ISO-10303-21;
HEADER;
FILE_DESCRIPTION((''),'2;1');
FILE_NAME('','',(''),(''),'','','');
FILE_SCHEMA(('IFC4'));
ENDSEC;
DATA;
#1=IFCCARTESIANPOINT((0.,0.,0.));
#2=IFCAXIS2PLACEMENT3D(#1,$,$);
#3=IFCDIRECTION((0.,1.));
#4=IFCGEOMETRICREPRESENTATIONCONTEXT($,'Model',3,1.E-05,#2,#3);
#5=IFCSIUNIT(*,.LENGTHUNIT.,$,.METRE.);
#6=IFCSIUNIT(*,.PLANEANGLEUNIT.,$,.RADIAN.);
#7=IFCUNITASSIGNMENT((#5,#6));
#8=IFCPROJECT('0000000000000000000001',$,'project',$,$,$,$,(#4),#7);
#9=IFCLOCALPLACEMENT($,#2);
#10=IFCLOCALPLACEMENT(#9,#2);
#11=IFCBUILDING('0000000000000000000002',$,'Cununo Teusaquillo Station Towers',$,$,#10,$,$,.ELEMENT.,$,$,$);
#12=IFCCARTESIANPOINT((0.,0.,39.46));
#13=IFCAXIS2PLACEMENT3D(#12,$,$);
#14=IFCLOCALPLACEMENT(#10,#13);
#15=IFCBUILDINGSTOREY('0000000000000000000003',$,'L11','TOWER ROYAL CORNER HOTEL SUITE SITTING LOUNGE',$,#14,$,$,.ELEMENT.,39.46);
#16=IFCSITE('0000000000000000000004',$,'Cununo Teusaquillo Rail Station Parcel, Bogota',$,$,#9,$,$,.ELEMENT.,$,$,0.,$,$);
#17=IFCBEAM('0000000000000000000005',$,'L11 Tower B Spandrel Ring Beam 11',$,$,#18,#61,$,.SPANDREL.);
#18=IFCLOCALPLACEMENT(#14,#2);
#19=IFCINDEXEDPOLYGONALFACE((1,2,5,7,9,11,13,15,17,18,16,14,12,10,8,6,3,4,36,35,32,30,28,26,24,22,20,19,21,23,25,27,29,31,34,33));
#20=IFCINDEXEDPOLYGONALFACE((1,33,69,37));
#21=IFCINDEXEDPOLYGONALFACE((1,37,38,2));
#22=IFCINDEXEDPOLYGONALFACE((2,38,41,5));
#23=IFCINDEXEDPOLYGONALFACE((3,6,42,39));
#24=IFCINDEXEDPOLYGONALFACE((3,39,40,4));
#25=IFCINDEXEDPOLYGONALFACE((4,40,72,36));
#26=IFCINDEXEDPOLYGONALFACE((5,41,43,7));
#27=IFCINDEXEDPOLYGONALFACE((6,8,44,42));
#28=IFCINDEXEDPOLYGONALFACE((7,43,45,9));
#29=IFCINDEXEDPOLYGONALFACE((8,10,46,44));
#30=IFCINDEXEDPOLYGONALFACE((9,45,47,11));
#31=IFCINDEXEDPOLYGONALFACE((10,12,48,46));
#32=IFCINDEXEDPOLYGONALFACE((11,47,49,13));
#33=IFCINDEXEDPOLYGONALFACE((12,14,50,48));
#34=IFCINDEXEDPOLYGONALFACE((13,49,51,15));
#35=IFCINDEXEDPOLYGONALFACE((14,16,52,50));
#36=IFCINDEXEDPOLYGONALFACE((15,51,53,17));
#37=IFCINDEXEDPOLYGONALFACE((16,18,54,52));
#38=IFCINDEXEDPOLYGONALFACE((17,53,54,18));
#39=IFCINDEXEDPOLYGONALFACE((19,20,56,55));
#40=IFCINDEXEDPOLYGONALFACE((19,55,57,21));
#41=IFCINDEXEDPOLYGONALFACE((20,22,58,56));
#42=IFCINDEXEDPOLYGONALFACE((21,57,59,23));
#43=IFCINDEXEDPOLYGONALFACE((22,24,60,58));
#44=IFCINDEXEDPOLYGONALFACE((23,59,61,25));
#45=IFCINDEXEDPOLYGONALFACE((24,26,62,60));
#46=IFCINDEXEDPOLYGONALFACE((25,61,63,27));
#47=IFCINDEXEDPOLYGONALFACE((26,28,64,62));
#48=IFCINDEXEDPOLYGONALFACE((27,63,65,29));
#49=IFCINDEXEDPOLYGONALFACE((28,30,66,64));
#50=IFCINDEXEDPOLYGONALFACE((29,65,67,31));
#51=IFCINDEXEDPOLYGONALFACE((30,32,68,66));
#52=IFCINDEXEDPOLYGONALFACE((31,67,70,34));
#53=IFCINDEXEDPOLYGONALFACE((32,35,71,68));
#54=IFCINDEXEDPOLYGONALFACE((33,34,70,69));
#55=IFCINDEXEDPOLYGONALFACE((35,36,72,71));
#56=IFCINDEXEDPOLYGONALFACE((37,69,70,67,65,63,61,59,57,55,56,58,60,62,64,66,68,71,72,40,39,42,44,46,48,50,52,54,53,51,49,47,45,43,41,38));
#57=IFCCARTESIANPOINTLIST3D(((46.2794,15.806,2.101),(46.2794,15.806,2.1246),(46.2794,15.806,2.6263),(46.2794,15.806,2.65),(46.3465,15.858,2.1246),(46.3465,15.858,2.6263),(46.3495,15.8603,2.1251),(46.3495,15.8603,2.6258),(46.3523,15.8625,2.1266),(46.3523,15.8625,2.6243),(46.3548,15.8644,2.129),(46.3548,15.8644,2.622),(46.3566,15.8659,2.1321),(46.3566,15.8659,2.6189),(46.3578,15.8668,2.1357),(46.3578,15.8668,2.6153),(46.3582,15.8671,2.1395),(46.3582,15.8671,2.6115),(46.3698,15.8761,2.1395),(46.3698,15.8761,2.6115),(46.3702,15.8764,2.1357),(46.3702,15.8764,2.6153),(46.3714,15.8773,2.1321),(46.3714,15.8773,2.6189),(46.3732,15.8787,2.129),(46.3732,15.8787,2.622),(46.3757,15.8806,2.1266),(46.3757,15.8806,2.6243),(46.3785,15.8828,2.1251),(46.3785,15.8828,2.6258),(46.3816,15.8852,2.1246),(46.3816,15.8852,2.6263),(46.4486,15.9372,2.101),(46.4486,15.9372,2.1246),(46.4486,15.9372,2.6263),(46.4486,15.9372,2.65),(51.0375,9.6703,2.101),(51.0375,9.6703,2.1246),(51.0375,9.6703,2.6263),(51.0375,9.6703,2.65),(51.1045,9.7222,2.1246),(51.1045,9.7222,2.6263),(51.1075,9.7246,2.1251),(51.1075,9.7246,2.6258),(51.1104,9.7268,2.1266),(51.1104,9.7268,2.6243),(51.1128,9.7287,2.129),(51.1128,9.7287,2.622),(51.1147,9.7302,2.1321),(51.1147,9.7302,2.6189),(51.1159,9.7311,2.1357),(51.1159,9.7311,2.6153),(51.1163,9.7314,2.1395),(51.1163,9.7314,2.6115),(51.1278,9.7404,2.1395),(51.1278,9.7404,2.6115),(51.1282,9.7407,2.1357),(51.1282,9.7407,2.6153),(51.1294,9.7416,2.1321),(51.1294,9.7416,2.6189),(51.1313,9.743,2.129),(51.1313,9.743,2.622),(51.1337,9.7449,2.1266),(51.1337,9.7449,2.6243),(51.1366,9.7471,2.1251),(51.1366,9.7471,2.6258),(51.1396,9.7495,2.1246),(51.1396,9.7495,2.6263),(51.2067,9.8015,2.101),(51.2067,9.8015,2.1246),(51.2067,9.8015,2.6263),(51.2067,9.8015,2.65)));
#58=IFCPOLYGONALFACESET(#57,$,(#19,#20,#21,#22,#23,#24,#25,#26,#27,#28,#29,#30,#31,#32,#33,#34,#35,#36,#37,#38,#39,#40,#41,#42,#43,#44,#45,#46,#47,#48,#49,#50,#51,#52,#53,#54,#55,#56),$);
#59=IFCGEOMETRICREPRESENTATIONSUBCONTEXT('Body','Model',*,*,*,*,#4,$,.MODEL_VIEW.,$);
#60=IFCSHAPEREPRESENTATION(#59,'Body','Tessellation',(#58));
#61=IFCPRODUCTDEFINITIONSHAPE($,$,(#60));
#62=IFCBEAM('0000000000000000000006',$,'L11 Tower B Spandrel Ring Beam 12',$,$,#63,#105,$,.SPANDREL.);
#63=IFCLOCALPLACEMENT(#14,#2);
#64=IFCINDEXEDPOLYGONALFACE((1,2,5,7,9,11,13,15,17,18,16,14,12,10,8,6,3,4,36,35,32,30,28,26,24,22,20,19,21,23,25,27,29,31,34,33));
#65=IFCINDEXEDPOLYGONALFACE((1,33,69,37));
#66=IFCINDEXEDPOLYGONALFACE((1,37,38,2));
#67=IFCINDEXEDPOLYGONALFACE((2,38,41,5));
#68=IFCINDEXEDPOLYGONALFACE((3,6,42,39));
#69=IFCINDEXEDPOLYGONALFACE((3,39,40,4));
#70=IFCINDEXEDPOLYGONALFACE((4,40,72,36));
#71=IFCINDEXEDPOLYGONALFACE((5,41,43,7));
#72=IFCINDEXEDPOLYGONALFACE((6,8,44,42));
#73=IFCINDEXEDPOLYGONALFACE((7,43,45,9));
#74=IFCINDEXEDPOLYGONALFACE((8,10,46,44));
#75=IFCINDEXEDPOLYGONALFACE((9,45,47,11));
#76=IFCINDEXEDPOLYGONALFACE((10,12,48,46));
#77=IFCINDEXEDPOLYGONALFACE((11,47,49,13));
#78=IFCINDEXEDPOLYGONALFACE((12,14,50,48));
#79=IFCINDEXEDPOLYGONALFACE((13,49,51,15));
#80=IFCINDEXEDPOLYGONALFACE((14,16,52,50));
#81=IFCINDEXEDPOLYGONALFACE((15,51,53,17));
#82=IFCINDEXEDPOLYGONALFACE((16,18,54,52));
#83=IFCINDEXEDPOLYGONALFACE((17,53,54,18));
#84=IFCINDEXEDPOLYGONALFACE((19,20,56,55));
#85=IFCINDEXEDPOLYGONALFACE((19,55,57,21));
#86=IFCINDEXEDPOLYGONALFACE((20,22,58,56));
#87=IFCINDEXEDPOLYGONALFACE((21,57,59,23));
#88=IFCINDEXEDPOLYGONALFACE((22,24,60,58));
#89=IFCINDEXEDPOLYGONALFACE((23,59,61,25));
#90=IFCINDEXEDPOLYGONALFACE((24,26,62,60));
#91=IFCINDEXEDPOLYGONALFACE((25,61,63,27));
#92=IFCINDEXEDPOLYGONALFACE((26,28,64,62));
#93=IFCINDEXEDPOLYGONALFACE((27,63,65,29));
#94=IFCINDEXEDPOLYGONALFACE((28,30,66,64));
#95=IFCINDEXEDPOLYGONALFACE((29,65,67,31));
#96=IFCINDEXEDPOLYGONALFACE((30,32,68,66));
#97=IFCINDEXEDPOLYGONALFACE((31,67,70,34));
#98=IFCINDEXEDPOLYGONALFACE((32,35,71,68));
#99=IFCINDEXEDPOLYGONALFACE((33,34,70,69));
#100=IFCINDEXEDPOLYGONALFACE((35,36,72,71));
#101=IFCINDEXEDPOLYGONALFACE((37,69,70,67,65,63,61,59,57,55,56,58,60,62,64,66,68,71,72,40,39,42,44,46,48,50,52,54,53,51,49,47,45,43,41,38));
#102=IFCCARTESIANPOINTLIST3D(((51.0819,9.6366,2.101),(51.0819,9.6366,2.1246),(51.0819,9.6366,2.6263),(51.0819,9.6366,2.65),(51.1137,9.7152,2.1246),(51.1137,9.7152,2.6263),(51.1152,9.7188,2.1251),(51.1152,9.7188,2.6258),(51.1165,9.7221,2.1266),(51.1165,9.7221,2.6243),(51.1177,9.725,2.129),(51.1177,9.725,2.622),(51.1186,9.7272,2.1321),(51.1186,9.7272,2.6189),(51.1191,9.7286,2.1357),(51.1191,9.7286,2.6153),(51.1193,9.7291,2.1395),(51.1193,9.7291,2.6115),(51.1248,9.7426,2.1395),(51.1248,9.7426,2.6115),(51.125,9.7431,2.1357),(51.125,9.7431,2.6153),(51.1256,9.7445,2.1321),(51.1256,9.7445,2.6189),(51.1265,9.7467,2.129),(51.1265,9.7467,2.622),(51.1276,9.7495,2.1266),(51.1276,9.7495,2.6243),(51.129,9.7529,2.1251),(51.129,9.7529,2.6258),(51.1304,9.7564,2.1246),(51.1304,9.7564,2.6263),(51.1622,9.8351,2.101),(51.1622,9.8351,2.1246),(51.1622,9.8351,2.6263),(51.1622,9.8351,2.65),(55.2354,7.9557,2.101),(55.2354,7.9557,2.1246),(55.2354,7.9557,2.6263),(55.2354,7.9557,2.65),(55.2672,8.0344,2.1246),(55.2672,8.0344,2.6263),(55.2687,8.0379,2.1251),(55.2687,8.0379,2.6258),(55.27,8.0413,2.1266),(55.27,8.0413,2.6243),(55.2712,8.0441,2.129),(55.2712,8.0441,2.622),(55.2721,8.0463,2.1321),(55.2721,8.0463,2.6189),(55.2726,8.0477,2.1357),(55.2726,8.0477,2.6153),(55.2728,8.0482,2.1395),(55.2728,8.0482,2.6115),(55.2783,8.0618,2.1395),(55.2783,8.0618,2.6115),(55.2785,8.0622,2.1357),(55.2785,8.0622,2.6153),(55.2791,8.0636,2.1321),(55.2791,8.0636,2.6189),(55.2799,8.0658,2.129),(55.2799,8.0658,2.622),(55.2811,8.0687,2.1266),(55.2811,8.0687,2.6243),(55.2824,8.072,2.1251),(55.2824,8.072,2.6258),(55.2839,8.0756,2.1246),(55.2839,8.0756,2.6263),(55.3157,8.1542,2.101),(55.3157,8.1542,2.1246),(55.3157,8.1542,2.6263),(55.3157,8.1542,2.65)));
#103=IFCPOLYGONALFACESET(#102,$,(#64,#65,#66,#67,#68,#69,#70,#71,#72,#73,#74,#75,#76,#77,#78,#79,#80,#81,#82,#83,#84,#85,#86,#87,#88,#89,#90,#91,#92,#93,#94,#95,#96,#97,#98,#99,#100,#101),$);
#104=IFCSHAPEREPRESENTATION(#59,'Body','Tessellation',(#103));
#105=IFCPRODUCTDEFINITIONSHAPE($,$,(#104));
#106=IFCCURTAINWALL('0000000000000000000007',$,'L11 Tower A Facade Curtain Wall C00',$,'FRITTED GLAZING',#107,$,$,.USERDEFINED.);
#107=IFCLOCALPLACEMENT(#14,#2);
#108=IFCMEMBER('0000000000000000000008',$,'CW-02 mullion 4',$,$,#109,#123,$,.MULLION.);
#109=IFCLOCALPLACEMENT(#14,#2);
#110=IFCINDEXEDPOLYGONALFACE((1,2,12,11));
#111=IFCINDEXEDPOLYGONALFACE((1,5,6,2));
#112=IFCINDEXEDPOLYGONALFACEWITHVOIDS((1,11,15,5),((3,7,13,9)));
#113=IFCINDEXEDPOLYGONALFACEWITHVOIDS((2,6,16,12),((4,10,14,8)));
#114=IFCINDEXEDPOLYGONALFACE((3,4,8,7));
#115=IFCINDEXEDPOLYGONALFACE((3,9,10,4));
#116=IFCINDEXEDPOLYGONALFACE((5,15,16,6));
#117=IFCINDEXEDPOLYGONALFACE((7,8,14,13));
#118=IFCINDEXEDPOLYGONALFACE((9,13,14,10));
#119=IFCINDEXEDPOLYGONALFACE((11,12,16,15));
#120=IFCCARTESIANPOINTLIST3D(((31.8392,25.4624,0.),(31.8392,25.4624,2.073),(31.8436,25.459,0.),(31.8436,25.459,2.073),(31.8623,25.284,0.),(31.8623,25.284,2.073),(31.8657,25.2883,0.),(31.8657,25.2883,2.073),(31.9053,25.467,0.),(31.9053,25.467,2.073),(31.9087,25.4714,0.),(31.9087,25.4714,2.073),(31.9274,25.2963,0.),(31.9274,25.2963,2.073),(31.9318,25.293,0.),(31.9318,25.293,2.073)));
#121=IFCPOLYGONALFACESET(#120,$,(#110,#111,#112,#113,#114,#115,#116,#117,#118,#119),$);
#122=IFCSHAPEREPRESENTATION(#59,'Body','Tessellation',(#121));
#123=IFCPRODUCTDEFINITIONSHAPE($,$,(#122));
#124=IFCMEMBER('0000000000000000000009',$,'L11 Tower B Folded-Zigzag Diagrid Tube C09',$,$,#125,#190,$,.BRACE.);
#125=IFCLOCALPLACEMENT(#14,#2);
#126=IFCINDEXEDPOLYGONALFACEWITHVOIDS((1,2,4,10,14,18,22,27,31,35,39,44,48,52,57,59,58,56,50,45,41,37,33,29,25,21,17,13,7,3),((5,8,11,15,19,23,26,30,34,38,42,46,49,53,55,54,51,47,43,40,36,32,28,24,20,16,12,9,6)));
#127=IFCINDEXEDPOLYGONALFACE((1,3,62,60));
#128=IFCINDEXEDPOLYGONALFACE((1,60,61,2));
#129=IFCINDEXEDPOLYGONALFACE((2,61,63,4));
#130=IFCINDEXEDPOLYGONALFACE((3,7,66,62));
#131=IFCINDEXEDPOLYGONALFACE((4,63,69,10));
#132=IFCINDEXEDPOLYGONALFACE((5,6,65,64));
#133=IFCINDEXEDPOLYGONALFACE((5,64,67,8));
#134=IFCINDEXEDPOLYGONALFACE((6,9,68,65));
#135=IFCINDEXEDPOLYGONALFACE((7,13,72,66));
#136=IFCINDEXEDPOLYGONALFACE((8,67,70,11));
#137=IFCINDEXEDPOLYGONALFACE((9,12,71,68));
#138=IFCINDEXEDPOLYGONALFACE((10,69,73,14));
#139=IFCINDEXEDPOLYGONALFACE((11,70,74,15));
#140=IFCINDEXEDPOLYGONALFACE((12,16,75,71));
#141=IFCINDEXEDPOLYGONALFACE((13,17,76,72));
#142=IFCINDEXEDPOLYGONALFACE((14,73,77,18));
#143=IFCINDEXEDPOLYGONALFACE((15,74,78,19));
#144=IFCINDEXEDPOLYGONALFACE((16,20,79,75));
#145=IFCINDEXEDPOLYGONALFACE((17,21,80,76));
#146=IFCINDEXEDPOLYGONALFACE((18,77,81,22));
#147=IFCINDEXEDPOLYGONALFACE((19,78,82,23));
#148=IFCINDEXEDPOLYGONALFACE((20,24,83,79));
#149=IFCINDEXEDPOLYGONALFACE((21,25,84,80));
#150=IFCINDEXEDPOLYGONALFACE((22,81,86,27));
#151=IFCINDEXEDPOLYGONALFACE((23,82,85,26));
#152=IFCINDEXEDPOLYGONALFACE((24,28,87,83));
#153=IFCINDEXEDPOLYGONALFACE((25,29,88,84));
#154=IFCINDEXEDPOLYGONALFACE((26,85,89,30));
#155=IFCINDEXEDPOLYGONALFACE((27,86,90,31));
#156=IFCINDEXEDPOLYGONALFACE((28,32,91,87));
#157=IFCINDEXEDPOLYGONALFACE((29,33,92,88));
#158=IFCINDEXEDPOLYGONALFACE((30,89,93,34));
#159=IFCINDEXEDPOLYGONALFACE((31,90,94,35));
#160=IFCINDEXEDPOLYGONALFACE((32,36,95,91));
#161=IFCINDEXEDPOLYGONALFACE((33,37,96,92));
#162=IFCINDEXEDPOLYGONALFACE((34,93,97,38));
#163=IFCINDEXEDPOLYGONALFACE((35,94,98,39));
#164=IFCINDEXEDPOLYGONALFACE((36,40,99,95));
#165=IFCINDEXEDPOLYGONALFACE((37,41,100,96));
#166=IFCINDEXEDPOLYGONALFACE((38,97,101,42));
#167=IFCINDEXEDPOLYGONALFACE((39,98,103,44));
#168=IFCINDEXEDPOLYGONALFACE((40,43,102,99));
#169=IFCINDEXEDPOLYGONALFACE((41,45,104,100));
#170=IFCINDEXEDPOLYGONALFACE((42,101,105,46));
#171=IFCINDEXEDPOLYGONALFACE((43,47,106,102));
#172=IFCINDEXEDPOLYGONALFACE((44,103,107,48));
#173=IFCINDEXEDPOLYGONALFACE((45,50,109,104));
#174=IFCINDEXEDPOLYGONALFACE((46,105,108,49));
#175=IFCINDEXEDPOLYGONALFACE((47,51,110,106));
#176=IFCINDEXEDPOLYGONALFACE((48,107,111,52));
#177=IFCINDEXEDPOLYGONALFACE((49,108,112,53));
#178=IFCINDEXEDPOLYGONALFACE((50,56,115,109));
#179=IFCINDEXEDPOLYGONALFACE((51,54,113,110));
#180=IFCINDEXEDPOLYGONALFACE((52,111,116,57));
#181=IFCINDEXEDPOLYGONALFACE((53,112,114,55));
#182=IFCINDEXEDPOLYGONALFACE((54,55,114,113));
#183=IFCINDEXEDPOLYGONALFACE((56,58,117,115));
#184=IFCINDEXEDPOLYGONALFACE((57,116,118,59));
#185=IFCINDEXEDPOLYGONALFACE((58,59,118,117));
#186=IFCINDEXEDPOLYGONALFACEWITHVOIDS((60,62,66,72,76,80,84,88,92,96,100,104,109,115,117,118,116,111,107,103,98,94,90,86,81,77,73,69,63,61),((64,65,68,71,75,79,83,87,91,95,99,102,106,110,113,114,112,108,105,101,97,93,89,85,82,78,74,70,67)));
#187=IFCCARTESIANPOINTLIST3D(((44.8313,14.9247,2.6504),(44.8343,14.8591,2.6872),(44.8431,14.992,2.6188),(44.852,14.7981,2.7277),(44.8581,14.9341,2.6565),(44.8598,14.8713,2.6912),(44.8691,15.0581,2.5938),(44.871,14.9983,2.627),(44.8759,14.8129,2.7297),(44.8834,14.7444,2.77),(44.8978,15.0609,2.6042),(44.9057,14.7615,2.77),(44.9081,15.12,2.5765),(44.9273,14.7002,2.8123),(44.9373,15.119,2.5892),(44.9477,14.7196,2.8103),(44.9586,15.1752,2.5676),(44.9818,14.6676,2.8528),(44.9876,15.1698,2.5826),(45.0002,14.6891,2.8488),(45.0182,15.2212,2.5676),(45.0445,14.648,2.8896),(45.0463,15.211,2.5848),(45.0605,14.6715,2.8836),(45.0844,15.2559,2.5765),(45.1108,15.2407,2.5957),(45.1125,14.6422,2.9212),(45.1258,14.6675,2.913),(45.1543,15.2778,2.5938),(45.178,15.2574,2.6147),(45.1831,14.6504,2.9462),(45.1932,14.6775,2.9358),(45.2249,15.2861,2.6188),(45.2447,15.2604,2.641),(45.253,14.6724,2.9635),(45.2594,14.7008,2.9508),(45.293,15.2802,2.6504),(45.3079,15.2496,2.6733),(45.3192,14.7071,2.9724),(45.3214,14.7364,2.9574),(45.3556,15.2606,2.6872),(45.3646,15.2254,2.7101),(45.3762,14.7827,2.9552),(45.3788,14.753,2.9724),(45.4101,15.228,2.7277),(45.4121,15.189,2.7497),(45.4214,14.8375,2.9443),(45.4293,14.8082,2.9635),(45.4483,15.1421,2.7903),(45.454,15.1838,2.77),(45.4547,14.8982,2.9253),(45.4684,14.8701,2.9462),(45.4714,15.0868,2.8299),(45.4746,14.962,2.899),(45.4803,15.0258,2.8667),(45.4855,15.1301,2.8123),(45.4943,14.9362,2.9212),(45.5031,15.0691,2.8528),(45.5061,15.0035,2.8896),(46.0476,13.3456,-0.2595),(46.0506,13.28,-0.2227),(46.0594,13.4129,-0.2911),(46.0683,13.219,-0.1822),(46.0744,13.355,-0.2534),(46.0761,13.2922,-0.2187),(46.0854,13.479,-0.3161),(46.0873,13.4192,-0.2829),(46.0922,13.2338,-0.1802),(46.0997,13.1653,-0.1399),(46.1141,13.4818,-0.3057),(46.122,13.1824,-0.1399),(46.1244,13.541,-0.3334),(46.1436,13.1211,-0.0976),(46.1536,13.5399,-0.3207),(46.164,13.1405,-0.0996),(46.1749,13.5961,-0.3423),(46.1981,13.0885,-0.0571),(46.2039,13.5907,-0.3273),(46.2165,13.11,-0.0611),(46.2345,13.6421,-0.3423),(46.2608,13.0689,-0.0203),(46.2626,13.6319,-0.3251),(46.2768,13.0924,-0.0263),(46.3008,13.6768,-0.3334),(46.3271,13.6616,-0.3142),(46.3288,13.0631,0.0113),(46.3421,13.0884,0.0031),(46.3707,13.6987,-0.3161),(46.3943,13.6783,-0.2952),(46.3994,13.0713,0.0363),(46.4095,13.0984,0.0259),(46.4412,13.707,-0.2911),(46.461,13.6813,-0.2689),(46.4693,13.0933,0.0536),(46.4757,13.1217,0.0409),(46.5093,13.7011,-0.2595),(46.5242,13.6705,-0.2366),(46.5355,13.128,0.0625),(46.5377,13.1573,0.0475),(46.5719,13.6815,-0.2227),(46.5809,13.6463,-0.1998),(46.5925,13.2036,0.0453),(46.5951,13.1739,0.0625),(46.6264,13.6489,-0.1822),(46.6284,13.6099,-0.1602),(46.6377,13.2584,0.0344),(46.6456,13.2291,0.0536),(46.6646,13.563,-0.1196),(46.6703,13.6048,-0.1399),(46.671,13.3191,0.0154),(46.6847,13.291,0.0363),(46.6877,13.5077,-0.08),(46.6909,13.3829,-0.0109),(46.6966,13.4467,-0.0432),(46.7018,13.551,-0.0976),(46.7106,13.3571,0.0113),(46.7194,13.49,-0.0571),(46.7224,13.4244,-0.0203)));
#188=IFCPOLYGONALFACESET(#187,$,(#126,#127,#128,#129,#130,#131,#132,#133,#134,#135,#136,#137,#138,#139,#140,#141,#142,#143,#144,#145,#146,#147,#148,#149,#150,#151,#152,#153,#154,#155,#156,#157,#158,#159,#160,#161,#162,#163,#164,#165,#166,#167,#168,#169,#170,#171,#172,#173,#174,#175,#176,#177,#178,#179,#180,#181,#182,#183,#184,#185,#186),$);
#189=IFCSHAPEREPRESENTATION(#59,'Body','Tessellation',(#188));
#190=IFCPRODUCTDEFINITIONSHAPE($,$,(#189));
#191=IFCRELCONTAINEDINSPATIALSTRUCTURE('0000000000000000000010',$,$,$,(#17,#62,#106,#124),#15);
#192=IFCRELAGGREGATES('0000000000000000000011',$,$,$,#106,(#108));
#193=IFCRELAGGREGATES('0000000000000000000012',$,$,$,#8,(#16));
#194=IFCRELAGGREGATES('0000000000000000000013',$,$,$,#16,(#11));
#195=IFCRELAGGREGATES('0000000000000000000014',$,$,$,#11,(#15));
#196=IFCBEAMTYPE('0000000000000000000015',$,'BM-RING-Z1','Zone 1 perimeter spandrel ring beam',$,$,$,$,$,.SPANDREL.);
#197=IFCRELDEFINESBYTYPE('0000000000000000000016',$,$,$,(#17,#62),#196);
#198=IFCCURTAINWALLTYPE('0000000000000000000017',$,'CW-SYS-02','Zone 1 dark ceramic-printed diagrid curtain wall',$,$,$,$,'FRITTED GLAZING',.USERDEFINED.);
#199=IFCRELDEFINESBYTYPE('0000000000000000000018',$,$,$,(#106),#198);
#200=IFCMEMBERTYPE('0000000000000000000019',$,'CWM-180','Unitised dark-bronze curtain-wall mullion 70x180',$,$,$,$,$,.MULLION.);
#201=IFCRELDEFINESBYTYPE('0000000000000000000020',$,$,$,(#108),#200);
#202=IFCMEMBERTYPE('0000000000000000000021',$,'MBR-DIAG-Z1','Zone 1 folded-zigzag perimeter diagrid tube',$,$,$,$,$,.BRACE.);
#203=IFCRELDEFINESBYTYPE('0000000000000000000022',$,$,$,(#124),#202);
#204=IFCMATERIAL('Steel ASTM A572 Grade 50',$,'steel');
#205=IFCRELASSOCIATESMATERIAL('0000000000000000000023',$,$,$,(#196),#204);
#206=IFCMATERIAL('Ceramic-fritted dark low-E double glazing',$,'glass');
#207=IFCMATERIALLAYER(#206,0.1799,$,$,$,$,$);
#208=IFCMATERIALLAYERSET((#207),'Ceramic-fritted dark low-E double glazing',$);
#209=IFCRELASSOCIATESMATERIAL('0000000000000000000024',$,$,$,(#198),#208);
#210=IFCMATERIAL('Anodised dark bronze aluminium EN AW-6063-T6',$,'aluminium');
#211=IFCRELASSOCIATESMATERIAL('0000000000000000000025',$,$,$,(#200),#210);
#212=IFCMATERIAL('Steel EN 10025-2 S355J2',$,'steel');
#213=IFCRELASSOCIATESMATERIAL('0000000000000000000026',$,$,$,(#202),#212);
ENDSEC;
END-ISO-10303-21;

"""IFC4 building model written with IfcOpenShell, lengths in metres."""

from ifc_helpers import new_model, si_unit, direction, frame, origin, origin_2d, place, context, subcontext, project, spatial, hollow_rectangle, hollow_circle, i_section, extrude, material, layer, layer_set, material_profile, profile_set, type_object, element, aggregate, save


model = new_model("IFC4")

# Units and contexts
model_context = context("Model", 3, precision=1e-05, world=origin(), true_north=direction((0.0, 1.0)))
body_context = subcontext(model_context, "Body", "Model", "MODEL_VIEW")
ifc_project = project(units=[si_unit("LENGTHUNIT", "METRE"), si_unit("PLANEANGLEUNIT", "RADIAN")], contexts=[model_context])

# Site, building, storey
site_placement = place(None, origin())
site = spatial("IfcSite", under=ifc_project, at=site_placement, Name="Cununo Teusaquillo Rail Station Parcel, Bogota", CompositionType="ELEMENT", RefElevation=0.0)
building_placement = place(site_placement, origin())
building = spatial("IfcBuilding", under=site, at=building_placement, Name="Cununo Teusaquillo Station Towers", CompositionType="ELEMENT")
storey_placement = place(building_placement, frame((0.0, 0.0, 39.46)))
storey = spatial("IfcBuildingStorey", under=building, at=storey_placement, Name="L11", Description="TOWER ROYAL CORNER HOTEL SUITE SITTING LOUNGE", CompositionType="ELEMENT", Elevation=39.46)

# Beams
ifc_material_1 = material(Name="Steel ASTM A572 Grade 50", Category="steel")
ifc_material_profile_1 = material_profile(ifc_material_1, i_section(OverallWidth=0.2141, OverallDepth=0.5491, WebThickness=0.0146, FlangeThickness=0.0237, FilletRadius=0.0149, at=origin_2d()), Name="W21X93")
ifc_profile_set_1 = profile_set([ifc_material_profile_1], Name="Steel ASTM A572 Grade 50")
beam_type_1 = type_object("IfcBeamType", Name="BM-RING-Z1", Description="Zone 1 perimeter spandrel ring beam", PredefinedType="SPANDREL", material=ifc_profile_set_1)
beam_1_placement = place(storey_placement, frame((46.364, 15.8716, 2.3755), z_axis=(0.612801, -0.790237, 0.0), x_axis=(0.790237, 0.612801, 0.0)))
element("IfcBeam", 1, at=beam_1_placement, inside=storey, type_object=beam_type_1, Name="L11 Tower B Spandrel Ring Beam 11", PredefinedType="SPANDREL", context=body_context, shape_type="SweptSolid", body=[
    extrude(i_section(OverallWidth=0.2141, OverallDepth=0.5491, WebThickness=0.0146, FlangeThickness=0.0237, FilletRadius=0.0149, at=origin_2d()), origin(), (0.0, 0.0, 1.0), 7.7644),
])
beam_2_placement = place(storey_placement, frame((51.1221, 9.7358, 2.3755), z_axis=(0.92697, -0.375136, 0.0), x_axis=(0.375136, 0.92697, 0.0)))
element("IfcBeam", 2, at=beam_2_placement, inside=storey, type_object=beam_type_1, Name="L11 Tower B Spandrel Ring Beam 12", PredefinedType="SPANDREL", context=body_context, shape_type="SweptSolid", body=[
    extrude(i_section(OverallWidth=0.2141, OverallDepth=0.5491, WebThickness=0.0146, FlangeThickness=0.0237, FilletRadius=0.0149, at=origin_2d()), origin(), (0.0, 0.0, 1.0), 4.4807),
])

# Curtain wall, member
ifc_material_2 = material(Name="Ceramic-fritted dark low-E double glazing", Category="glass")
ifc_layer_1 = layer(ifc_material_2, 0.1799)
ifc_layer_set_1 = layer_set([ifc_layer_1], Name="Ceramic-fritted dark low-E double glazing")
curtain_wall_type = type_object("IfcCurtainWallType", Name="CW-SYS-02", Description="Zone 1 dark ceramic-printed diagrid curtain wall", ElementType="FRITTED GLAZING", PredefinedType="USERDEFINED", material=ifc_layer_set_1)
curtain_wall_placement = place(storey_placement, origin())
curtain_wall = element("IfcCurtainWall", 3, at=curtain_wall_placement, inside=storey, type_object=curtain_wall_type, Name="L11 Tower A Facade Curtain Wall C00", ObjectType="FRITTED GLAZING", PredefinedType="USERDEFINED")
ifc_material_3 = material(Name="Anodised dark bronze aluminium EN AW-6063-T6", Category="aluminium")
ifc_material_profile_2 = material_profile(ifc_material_3, hollow_rectangle(XDim=0.0701, YDim=0.1799, WallThickness=0.0039, at=origin_2d()), Name="CW-MULL-70x180")
ifc_profile_set_2 = profile_set([ifc_material_profile_2], Name="Anodised dark bronze aluminium EN AW-6063-T6")
member_type_1 = type_object("IfcMemberType", Name="CWM-180", Description="Unitised dark-bronze curtain-wall mullion 70x180", PredefinedType="MULLION", material=ifc_profile_set_2)
member_1_placement = place(storey_placement, frame((31.8855, 25.3777, 0.0), z_axis=(0.0, 0.0, 1.0), x_axis=(0.991731, 0.128336, 0.0)))
member_1 = element("IfcMember", 4, at=member_1_placement, type_object=member_type_1, Name="CW-02 mullion 4", PredefinedType="MULLION", context=body_context, shape_type="SweptSolid", body=[
    extrude(hollow_rectangle(XDim=0.0701, YDim=0.1799, WallThickness=0.0039, at=origin_2d()), origin(), (0.0, 0.0, 1.0), 2.073),
])
aggregate(curtain_wall, [member_1])

# Member
ifc_material_4 = material(Name="Steel EN 10025-2 S355J2", Category="steel")
ifc_material_profile_3 = material_profile(ifc_material_4, hollow_circle(Radius=0.3601, WallThickness=0.0281, at=origin_2d()), Name="CHS 720x28")
ifc_profile_set_3 = profile_set([ifc_material_profile_3], Name="Steel EN 10025-2 S355J2")
member_type_2 = type_object("IfcMemberType", Name="MBR-DIAG-Z1", Description="Zone 1 folded-zigzag perimeter diagrid tube", PredefinedType="BRACE", material=ifc_profile_set_3)
member_2_placement = place(storey_placement, frame((46.385, 13.385, -0.1399), z_axis=(-0.344845, 0.447703, 0.825011), x_axis=(-0.792232, -0.61022, 0.0)))
element("IfcMember", 5, at=member_2_placement, inside=storey, type_object=member_type_2, Name="L11 Tower B Folded-Zigzag Diagrid Tube C09", PredefinedType="BRACE", context=body_context, shape_type="SweptSolid", body=[
    extrude(hollow_circle(Radius=0.3601, WallThickness=0.0281, at=origin_2d()), origin(), (0.0, 0.0, 1.0), 3.5271),
])

save(model, "model.ifc")
